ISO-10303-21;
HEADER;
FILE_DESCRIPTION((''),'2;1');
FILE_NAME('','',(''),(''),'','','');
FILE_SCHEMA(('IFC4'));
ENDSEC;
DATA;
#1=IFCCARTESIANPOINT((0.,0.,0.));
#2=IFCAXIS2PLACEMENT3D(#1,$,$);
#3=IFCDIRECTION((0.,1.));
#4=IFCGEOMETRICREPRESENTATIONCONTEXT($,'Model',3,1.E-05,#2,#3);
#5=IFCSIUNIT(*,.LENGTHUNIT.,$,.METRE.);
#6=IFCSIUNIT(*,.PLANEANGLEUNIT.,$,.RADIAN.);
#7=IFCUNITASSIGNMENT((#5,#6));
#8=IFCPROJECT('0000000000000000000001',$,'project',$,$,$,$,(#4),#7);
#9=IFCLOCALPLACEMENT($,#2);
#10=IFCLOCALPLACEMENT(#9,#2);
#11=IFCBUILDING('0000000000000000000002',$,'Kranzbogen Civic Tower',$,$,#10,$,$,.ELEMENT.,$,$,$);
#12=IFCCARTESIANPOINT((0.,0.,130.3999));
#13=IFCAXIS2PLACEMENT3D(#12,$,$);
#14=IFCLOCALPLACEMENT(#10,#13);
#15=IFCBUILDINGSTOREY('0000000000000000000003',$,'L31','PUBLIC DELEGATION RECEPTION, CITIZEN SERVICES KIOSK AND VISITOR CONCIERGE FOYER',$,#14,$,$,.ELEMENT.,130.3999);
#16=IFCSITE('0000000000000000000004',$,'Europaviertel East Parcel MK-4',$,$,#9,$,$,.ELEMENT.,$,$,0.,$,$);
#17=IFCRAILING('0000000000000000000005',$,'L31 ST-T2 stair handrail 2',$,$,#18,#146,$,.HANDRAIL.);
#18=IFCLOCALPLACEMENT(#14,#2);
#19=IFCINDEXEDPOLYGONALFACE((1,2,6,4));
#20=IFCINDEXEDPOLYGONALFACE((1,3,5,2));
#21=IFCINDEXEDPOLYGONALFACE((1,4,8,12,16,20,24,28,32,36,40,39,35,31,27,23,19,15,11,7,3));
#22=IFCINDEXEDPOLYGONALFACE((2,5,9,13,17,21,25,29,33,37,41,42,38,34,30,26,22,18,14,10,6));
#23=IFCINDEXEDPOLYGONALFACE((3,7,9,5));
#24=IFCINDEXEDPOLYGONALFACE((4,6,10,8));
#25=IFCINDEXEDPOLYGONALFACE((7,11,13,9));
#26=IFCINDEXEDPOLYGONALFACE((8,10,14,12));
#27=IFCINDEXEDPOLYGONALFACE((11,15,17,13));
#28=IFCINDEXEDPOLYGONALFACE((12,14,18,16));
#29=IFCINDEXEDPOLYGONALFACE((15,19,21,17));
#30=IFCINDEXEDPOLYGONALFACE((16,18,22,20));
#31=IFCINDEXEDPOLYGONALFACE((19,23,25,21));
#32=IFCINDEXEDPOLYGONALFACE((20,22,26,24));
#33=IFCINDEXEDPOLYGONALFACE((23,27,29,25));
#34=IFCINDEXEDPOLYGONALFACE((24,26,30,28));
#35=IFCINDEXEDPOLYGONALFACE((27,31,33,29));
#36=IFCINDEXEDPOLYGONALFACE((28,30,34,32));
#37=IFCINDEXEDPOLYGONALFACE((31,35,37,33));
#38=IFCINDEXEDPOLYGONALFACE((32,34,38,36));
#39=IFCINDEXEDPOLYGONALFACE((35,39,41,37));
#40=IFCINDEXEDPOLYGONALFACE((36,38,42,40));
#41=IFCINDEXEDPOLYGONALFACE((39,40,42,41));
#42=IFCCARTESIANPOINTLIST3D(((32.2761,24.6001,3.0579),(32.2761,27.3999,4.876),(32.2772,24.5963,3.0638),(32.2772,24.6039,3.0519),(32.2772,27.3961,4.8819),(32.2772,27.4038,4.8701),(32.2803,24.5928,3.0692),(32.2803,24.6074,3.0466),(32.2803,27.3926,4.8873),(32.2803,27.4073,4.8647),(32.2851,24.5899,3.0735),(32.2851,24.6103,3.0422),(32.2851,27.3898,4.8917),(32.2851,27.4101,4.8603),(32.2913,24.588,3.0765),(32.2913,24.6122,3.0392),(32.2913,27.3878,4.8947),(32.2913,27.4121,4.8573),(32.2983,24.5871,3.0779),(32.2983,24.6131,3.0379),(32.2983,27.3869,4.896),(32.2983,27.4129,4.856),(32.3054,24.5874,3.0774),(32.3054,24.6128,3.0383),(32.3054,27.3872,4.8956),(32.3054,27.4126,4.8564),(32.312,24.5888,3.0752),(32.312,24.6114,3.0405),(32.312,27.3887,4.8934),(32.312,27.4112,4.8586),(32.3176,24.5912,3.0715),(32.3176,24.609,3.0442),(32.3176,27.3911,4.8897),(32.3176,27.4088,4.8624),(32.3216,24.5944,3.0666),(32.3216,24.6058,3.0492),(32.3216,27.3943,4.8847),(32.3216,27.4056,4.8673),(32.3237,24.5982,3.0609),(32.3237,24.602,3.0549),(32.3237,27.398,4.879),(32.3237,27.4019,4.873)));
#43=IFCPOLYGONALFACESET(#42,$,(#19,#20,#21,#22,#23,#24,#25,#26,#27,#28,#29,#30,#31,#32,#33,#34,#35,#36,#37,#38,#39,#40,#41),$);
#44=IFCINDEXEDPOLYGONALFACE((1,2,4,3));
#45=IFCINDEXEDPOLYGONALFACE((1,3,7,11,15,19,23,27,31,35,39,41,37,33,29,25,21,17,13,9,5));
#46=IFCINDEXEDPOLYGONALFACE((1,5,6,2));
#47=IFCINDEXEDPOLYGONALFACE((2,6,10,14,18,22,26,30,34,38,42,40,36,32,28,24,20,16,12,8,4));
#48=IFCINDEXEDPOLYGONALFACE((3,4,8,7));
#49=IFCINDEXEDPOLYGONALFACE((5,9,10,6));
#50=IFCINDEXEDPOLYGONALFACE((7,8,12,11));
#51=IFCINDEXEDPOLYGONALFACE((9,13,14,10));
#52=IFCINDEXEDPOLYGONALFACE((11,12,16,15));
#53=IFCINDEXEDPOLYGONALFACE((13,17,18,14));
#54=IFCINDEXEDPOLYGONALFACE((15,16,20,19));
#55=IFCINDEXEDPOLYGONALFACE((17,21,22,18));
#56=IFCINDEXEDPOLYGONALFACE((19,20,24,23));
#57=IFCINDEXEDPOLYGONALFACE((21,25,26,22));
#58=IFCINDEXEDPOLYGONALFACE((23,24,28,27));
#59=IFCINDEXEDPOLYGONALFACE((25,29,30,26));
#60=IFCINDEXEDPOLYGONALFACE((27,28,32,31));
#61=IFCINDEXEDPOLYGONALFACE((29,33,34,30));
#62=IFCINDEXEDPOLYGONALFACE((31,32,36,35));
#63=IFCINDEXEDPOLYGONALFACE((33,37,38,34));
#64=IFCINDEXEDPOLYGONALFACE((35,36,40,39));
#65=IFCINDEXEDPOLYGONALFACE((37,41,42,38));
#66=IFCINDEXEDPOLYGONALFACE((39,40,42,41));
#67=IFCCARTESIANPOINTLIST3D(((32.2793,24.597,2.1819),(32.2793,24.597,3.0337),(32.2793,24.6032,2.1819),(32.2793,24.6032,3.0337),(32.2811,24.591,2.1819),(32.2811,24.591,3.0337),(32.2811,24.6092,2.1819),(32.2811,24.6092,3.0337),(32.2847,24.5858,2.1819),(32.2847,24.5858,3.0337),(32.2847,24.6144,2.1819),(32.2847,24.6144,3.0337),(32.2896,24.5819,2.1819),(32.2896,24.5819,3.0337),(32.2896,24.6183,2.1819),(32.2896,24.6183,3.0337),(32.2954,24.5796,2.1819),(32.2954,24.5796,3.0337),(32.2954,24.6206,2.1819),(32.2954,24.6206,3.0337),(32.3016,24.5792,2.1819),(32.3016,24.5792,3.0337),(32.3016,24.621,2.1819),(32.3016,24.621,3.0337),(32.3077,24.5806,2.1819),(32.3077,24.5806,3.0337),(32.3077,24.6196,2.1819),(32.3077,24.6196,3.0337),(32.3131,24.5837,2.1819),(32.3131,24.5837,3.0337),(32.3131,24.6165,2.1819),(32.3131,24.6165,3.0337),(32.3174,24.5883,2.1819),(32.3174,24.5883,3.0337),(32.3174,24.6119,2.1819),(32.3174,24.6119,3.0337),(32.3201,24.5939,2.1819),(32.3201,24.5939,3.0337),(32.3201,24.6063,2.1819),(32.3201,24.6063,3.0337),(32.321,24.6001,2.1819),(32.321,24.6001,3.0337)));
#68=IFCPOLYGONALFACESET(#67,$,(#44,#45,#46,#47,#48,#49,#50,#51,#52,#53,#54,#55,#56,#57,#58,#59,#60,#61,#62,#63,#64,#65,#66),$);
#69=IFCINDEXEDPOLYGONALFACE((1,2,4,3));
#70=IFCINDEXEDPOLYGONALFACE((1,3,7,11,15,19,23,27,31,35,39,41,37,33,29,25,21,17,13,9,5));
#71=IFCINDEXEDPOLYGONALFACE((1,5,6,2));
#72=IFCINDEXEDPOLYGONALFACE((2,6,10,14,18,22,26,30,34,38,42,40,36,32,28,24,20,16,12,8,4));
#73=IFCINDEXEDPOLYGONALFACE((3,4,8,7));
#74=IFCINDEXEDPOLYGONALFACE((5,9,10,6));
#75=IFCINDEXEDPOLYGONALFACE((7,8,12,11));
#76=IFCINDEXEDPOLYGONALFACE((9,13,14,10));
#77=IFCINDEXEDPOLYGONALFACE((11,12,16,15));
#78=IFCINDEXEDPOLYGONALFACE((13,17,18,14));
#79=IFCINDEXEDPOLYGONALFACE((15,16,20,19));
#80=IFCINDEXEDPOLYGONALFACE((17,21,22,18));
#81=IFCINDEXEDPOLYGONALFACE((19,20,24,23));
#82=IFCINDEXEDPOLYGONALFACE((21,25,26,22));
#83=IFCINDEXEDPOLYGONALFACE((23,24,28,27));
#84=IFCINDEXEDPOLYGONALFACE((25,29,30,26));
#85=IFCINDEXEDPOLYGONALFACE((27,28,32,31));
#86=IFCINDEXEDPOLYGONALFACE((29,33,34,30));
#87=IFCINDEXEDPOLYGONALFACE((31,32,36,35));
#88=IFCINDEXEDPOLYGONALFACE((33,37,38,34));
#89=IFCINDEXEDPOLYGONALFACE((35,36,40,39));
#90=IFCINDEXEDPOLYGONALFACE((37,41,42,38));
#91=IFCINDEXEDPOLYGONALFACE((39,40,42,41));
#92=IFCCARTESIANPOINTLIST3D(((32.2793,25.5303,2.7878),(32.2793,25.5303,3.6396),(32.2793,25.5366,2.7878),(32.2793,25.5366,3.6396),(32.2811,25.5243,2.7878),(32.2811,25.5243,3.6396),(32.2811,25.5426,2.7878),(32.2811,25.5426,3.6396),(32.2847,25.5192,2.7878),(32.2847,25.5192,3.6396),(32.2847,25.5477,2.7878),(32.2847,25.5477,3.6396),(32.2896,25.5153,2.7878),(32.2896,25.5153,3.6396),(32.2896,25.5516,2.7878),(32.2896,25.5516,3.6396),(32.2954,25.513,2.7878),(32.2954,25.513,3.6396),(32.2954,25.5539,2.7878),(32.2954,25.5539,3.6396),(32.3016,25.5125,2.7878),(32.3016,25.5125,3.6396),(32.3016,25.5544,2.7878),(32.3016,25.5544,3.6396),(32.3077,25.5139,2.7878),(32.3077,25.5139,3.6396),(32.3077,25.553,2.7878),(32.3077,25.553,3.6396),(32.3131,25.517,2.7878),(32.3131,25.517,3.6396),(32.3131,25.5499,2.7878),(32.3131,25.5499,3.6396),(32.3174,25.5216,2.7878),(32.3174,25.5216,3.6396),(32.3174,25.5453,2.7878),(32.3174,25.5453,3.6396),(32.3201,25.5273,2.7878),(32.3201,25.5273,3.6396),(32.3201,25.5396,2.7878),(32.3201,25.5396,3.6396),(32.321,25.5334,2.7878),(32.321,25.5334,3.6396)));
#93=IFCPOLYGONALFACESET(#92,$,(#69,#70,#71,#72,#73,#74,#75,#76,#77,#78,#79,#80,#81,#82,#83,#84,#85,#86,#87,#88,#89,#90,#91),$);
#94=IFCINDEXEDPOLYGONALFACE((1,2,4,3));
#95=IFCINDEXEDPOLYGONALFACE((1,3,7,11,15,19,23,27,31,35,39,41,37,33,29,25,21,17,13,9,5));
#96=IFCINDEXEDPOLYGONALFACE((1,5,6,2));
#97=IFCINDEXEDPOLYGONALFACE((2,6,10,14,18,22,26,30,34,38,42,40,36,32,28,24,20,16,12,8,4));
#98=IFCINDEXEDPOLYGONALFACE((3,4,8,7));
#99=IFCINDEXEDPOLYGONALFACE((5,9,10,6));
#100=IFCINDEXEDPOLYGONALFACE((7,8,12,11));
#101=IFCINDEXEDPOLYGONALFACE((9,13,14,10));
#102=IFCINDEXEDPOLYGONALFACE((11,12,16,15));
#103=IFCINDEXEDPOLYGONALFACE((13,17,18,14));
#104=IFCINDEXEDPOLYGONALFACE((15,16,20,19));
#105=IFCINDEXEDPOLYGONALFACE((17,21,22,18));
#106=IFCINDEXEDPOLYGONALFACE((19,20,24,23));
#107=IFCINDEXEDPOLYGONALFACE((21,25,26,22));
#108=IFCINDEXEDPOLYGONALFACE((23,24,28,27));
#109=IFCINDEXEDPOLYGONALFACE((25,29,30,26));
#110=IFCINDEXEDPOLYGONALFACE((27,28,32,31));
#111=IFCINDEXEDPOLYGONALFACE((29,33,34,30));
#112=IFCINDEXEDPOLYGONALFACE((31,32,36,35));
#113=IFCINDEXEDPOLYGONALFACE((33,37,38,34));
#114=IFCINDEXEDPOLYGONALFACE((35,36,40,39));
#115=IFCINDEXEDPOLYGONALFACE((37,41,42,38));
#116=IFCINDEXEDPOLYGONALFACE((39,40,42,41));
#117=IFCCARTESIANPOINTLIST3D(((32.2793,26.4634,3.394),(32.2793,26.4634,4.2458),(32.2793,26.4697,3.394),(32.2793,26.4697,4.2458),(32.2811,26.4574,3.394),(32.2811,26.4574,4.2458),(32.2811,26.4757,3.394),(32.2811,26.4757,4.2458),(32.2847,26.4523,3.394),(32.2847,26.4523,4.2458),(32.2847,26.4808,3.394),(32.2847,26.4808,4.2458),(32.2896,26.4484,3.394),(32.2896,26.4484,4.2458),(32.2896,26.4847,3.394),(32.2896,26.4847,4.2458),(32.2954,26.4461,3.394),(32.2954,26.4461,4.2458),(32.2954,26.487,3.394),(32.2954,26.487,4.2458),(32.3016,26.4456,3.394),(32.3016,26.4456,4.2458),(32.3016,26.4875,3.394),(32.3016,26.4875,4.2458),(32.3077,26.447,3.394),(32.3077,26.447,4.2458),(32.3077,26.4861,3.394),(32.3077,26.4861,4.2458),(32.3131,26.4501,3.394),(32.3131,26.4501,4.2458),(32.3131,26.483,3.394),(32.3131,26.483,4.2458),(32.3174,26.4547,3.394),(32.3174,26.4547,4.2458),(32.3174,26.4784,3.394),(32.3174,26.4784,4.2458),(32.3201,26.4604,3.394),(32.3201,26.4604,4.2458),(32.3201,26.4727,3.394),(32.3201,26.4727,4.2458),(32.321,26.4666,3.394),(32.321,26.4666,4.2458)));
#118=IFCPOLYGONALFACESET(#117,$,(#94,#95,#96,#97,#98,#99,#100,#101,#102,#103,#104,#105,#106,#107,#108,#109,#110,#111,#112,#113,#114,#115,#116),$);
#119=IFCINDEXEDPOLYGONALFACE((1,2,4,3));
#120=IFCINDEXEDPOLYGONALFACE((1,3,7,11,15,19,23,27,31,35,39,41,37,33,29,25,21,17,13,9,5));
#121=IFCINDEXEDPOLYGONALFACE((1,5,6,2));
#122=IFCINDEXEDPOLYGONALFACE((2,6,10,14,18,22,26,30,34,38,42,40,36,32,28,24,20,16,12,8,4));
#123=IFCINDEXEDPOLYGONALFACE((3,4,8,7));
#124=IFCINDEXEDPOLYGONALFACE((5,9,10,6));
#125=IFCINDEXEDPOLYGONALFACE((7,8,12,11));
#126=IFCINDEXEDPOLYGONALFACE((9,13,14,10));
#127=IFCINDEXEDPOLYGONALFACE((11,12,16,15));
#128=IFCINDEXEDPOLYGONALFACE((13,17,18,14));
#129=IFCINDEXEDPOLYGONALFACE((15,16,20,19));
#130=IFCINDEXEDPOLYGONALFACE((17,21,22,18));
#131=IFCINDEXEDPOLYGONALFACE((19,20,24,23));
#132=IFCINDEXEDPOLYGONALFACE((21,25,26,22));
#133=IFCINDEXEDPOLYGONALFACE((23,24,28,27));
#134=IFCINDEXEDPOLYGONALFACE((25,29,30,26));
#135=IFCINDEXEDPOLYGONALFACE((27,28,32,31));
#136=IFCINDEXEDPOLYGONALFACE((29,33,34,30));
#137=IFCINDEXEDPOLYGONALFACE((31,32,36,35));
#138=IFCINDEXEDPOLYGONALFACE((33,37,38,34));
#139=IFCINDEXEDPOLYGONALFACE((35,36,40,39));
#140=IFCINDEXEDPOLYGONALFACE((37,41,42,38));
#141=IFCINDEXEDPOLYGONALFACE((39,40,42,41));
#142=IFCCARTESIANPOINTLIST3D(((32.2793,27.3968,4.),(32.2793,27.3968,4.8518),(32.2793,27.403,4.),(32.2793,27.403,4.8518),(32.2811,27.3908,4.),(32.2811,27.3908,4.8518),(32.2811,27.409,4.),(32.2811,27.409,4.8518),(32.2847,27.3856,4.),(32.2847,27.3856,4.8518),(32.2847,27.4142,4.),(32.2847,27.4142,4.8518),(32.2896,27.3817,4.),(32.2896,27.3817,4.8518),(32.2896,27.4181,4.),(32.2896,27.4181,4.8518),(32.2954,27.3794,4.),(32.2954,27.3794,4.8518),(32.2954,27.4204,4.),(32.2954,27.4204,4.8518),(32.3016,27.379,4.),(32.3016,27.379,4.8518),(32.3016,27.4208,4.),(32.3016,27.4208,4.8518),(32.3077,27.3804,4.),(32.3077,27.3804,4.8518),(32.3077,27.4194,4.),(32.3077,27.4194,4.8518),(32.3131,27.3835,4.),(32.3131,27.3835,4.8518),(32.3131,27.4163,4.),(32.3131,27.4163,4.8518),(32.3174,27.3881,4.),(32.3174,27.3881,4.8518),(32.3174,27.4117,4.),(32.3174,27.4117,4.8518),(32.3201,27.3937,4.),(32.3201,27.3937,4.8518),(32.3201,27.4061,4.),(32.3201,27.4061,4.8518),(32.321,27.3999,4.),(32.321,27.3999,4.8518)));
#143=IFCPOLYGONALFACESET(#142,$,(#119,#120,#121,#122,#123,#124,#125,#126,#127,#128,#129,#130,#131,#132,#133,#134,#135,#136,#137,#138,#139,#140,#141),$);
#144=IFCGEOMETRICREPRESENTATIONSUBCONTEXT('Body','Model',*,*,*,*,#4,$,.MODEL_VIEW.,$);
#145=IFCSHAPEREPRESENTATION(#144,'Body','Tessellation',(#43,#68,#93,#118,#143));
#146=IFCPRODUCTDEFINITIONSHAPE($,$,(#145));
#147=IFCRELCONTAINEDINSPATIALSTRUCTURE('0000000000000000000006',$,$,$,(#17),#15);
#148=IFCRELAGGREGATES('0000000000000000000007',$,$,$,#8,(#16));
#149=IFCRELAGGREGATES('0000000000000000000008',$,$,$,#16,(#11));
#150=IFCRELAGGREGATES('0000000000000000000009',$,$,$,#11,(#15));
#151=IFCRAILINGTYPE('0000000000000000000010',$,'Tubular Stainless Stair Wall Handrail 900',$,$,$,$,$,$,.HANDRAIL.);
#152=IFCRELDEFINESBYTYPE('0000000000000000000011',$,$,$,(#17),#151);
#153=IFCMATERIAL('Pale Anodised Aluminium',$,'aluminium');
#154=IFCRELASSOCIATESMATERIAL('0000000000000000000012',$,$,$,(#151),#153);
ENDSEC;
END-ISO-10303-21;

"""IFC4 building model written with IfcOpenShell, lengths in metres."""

from ifc_helpers import new_model, si_unit, direction, frame, origin, origin_2d, place, context, subcontext, project, spatial, circle, extrude, material, type_object, element, save


model = new_model("IFC4")

# Units and contexts
model_context = context("Model", 3, precision=1e-05, world=origin(), true_north=direction((0.0, 1.0)))
body_context = subcontext(model_context, "Body", "Model", "MODEL_VIEW")
ifc_project = project(units=[si_unit("LENGTHUNIT", "METRE"), si_unit("PLANEANGLEUNIT", "RADIAN")], contexts=[model_context])

# Site, building, storey
site_placement = place(None, origin())
site = spatial("IfcSite", under=ifc_project, at=site_placement, Name="Europaviertel East Parcel MK-4", CompositionType="ELEMENT", RefElevation=0.0)
building_placement = place(site_placement, origin())
building = spatial("IfcBuilding", under=site, at=building_placement, Name="Kranzbogen Civic Tower", CompositionType="ELEMENT")
storey_placement = place(building_placement, frame((0.0, 0.0, 130.3999)))
storey = spatial("IfcBuildingStorey", under=building, at=storey_placement, Name="L31", Description="PUBLIC DELEGATION RECEPTION, CITIZEN SERVICES KIOSK AND VISITOR CONCIERGE FOYER", CompositionType="ELEMENT", Elevation=130.3999)

# Shared definitions
ifc_material_1 = material(Name="Pale Anodised Aluminium", Category="aluminium")

# Railing
railing_type_1 = type_object("IfcRailingType", Name="Tubular Stainless Stair Wall Handrail 900", PredefinedType="HANDRAIL", material=ifc_material_1)
railing_1_placement = place(storey_placement, frame((32.3, 24.6001, 2.1819)))
element("IfcRailing", 1, at=railing_1_placement, inside=storey, type_object=railing_type_1, Name="L31 ST-T2 stair handrail 2", PredefinedType="HANDRAIL", context=body_context, shape_type="SweptSolid", body=[
    extrude(circle(Radius=0.0239, at=origin_2d()), frame((0.0, 0.0, 0.876), z_axis=(0.0, 0.838684, 0.544618), x_axis=(-1.0, 0.0, 0.0)), (0.0, 0.0, 1.0), 3.3384),
    extrude(circle(Radius=0.021, at=origin_2d()), origin(), (0.0, 0.0, 1.0), 0.8518),
    extrude(circle(Radius=0.021, at=origin_2d()), frame((0.0, 0.9333, 0.606)), (0.0, 0.0, 1.0), 0.8518),
    extrude(circle(Radius=0.021, at=origin_2d()), frame((0.0, 1.8665, 1.2122)), (0.0, 0.0, 1.0), 0.8518),
    extrude(circle(Radius=0.021, at=origin_2d()), frame((0.0, 2.7998, 1.8181)), (0.0, 0.0, 1.0), 0.8518),
])

save(model, "model.ifc")
